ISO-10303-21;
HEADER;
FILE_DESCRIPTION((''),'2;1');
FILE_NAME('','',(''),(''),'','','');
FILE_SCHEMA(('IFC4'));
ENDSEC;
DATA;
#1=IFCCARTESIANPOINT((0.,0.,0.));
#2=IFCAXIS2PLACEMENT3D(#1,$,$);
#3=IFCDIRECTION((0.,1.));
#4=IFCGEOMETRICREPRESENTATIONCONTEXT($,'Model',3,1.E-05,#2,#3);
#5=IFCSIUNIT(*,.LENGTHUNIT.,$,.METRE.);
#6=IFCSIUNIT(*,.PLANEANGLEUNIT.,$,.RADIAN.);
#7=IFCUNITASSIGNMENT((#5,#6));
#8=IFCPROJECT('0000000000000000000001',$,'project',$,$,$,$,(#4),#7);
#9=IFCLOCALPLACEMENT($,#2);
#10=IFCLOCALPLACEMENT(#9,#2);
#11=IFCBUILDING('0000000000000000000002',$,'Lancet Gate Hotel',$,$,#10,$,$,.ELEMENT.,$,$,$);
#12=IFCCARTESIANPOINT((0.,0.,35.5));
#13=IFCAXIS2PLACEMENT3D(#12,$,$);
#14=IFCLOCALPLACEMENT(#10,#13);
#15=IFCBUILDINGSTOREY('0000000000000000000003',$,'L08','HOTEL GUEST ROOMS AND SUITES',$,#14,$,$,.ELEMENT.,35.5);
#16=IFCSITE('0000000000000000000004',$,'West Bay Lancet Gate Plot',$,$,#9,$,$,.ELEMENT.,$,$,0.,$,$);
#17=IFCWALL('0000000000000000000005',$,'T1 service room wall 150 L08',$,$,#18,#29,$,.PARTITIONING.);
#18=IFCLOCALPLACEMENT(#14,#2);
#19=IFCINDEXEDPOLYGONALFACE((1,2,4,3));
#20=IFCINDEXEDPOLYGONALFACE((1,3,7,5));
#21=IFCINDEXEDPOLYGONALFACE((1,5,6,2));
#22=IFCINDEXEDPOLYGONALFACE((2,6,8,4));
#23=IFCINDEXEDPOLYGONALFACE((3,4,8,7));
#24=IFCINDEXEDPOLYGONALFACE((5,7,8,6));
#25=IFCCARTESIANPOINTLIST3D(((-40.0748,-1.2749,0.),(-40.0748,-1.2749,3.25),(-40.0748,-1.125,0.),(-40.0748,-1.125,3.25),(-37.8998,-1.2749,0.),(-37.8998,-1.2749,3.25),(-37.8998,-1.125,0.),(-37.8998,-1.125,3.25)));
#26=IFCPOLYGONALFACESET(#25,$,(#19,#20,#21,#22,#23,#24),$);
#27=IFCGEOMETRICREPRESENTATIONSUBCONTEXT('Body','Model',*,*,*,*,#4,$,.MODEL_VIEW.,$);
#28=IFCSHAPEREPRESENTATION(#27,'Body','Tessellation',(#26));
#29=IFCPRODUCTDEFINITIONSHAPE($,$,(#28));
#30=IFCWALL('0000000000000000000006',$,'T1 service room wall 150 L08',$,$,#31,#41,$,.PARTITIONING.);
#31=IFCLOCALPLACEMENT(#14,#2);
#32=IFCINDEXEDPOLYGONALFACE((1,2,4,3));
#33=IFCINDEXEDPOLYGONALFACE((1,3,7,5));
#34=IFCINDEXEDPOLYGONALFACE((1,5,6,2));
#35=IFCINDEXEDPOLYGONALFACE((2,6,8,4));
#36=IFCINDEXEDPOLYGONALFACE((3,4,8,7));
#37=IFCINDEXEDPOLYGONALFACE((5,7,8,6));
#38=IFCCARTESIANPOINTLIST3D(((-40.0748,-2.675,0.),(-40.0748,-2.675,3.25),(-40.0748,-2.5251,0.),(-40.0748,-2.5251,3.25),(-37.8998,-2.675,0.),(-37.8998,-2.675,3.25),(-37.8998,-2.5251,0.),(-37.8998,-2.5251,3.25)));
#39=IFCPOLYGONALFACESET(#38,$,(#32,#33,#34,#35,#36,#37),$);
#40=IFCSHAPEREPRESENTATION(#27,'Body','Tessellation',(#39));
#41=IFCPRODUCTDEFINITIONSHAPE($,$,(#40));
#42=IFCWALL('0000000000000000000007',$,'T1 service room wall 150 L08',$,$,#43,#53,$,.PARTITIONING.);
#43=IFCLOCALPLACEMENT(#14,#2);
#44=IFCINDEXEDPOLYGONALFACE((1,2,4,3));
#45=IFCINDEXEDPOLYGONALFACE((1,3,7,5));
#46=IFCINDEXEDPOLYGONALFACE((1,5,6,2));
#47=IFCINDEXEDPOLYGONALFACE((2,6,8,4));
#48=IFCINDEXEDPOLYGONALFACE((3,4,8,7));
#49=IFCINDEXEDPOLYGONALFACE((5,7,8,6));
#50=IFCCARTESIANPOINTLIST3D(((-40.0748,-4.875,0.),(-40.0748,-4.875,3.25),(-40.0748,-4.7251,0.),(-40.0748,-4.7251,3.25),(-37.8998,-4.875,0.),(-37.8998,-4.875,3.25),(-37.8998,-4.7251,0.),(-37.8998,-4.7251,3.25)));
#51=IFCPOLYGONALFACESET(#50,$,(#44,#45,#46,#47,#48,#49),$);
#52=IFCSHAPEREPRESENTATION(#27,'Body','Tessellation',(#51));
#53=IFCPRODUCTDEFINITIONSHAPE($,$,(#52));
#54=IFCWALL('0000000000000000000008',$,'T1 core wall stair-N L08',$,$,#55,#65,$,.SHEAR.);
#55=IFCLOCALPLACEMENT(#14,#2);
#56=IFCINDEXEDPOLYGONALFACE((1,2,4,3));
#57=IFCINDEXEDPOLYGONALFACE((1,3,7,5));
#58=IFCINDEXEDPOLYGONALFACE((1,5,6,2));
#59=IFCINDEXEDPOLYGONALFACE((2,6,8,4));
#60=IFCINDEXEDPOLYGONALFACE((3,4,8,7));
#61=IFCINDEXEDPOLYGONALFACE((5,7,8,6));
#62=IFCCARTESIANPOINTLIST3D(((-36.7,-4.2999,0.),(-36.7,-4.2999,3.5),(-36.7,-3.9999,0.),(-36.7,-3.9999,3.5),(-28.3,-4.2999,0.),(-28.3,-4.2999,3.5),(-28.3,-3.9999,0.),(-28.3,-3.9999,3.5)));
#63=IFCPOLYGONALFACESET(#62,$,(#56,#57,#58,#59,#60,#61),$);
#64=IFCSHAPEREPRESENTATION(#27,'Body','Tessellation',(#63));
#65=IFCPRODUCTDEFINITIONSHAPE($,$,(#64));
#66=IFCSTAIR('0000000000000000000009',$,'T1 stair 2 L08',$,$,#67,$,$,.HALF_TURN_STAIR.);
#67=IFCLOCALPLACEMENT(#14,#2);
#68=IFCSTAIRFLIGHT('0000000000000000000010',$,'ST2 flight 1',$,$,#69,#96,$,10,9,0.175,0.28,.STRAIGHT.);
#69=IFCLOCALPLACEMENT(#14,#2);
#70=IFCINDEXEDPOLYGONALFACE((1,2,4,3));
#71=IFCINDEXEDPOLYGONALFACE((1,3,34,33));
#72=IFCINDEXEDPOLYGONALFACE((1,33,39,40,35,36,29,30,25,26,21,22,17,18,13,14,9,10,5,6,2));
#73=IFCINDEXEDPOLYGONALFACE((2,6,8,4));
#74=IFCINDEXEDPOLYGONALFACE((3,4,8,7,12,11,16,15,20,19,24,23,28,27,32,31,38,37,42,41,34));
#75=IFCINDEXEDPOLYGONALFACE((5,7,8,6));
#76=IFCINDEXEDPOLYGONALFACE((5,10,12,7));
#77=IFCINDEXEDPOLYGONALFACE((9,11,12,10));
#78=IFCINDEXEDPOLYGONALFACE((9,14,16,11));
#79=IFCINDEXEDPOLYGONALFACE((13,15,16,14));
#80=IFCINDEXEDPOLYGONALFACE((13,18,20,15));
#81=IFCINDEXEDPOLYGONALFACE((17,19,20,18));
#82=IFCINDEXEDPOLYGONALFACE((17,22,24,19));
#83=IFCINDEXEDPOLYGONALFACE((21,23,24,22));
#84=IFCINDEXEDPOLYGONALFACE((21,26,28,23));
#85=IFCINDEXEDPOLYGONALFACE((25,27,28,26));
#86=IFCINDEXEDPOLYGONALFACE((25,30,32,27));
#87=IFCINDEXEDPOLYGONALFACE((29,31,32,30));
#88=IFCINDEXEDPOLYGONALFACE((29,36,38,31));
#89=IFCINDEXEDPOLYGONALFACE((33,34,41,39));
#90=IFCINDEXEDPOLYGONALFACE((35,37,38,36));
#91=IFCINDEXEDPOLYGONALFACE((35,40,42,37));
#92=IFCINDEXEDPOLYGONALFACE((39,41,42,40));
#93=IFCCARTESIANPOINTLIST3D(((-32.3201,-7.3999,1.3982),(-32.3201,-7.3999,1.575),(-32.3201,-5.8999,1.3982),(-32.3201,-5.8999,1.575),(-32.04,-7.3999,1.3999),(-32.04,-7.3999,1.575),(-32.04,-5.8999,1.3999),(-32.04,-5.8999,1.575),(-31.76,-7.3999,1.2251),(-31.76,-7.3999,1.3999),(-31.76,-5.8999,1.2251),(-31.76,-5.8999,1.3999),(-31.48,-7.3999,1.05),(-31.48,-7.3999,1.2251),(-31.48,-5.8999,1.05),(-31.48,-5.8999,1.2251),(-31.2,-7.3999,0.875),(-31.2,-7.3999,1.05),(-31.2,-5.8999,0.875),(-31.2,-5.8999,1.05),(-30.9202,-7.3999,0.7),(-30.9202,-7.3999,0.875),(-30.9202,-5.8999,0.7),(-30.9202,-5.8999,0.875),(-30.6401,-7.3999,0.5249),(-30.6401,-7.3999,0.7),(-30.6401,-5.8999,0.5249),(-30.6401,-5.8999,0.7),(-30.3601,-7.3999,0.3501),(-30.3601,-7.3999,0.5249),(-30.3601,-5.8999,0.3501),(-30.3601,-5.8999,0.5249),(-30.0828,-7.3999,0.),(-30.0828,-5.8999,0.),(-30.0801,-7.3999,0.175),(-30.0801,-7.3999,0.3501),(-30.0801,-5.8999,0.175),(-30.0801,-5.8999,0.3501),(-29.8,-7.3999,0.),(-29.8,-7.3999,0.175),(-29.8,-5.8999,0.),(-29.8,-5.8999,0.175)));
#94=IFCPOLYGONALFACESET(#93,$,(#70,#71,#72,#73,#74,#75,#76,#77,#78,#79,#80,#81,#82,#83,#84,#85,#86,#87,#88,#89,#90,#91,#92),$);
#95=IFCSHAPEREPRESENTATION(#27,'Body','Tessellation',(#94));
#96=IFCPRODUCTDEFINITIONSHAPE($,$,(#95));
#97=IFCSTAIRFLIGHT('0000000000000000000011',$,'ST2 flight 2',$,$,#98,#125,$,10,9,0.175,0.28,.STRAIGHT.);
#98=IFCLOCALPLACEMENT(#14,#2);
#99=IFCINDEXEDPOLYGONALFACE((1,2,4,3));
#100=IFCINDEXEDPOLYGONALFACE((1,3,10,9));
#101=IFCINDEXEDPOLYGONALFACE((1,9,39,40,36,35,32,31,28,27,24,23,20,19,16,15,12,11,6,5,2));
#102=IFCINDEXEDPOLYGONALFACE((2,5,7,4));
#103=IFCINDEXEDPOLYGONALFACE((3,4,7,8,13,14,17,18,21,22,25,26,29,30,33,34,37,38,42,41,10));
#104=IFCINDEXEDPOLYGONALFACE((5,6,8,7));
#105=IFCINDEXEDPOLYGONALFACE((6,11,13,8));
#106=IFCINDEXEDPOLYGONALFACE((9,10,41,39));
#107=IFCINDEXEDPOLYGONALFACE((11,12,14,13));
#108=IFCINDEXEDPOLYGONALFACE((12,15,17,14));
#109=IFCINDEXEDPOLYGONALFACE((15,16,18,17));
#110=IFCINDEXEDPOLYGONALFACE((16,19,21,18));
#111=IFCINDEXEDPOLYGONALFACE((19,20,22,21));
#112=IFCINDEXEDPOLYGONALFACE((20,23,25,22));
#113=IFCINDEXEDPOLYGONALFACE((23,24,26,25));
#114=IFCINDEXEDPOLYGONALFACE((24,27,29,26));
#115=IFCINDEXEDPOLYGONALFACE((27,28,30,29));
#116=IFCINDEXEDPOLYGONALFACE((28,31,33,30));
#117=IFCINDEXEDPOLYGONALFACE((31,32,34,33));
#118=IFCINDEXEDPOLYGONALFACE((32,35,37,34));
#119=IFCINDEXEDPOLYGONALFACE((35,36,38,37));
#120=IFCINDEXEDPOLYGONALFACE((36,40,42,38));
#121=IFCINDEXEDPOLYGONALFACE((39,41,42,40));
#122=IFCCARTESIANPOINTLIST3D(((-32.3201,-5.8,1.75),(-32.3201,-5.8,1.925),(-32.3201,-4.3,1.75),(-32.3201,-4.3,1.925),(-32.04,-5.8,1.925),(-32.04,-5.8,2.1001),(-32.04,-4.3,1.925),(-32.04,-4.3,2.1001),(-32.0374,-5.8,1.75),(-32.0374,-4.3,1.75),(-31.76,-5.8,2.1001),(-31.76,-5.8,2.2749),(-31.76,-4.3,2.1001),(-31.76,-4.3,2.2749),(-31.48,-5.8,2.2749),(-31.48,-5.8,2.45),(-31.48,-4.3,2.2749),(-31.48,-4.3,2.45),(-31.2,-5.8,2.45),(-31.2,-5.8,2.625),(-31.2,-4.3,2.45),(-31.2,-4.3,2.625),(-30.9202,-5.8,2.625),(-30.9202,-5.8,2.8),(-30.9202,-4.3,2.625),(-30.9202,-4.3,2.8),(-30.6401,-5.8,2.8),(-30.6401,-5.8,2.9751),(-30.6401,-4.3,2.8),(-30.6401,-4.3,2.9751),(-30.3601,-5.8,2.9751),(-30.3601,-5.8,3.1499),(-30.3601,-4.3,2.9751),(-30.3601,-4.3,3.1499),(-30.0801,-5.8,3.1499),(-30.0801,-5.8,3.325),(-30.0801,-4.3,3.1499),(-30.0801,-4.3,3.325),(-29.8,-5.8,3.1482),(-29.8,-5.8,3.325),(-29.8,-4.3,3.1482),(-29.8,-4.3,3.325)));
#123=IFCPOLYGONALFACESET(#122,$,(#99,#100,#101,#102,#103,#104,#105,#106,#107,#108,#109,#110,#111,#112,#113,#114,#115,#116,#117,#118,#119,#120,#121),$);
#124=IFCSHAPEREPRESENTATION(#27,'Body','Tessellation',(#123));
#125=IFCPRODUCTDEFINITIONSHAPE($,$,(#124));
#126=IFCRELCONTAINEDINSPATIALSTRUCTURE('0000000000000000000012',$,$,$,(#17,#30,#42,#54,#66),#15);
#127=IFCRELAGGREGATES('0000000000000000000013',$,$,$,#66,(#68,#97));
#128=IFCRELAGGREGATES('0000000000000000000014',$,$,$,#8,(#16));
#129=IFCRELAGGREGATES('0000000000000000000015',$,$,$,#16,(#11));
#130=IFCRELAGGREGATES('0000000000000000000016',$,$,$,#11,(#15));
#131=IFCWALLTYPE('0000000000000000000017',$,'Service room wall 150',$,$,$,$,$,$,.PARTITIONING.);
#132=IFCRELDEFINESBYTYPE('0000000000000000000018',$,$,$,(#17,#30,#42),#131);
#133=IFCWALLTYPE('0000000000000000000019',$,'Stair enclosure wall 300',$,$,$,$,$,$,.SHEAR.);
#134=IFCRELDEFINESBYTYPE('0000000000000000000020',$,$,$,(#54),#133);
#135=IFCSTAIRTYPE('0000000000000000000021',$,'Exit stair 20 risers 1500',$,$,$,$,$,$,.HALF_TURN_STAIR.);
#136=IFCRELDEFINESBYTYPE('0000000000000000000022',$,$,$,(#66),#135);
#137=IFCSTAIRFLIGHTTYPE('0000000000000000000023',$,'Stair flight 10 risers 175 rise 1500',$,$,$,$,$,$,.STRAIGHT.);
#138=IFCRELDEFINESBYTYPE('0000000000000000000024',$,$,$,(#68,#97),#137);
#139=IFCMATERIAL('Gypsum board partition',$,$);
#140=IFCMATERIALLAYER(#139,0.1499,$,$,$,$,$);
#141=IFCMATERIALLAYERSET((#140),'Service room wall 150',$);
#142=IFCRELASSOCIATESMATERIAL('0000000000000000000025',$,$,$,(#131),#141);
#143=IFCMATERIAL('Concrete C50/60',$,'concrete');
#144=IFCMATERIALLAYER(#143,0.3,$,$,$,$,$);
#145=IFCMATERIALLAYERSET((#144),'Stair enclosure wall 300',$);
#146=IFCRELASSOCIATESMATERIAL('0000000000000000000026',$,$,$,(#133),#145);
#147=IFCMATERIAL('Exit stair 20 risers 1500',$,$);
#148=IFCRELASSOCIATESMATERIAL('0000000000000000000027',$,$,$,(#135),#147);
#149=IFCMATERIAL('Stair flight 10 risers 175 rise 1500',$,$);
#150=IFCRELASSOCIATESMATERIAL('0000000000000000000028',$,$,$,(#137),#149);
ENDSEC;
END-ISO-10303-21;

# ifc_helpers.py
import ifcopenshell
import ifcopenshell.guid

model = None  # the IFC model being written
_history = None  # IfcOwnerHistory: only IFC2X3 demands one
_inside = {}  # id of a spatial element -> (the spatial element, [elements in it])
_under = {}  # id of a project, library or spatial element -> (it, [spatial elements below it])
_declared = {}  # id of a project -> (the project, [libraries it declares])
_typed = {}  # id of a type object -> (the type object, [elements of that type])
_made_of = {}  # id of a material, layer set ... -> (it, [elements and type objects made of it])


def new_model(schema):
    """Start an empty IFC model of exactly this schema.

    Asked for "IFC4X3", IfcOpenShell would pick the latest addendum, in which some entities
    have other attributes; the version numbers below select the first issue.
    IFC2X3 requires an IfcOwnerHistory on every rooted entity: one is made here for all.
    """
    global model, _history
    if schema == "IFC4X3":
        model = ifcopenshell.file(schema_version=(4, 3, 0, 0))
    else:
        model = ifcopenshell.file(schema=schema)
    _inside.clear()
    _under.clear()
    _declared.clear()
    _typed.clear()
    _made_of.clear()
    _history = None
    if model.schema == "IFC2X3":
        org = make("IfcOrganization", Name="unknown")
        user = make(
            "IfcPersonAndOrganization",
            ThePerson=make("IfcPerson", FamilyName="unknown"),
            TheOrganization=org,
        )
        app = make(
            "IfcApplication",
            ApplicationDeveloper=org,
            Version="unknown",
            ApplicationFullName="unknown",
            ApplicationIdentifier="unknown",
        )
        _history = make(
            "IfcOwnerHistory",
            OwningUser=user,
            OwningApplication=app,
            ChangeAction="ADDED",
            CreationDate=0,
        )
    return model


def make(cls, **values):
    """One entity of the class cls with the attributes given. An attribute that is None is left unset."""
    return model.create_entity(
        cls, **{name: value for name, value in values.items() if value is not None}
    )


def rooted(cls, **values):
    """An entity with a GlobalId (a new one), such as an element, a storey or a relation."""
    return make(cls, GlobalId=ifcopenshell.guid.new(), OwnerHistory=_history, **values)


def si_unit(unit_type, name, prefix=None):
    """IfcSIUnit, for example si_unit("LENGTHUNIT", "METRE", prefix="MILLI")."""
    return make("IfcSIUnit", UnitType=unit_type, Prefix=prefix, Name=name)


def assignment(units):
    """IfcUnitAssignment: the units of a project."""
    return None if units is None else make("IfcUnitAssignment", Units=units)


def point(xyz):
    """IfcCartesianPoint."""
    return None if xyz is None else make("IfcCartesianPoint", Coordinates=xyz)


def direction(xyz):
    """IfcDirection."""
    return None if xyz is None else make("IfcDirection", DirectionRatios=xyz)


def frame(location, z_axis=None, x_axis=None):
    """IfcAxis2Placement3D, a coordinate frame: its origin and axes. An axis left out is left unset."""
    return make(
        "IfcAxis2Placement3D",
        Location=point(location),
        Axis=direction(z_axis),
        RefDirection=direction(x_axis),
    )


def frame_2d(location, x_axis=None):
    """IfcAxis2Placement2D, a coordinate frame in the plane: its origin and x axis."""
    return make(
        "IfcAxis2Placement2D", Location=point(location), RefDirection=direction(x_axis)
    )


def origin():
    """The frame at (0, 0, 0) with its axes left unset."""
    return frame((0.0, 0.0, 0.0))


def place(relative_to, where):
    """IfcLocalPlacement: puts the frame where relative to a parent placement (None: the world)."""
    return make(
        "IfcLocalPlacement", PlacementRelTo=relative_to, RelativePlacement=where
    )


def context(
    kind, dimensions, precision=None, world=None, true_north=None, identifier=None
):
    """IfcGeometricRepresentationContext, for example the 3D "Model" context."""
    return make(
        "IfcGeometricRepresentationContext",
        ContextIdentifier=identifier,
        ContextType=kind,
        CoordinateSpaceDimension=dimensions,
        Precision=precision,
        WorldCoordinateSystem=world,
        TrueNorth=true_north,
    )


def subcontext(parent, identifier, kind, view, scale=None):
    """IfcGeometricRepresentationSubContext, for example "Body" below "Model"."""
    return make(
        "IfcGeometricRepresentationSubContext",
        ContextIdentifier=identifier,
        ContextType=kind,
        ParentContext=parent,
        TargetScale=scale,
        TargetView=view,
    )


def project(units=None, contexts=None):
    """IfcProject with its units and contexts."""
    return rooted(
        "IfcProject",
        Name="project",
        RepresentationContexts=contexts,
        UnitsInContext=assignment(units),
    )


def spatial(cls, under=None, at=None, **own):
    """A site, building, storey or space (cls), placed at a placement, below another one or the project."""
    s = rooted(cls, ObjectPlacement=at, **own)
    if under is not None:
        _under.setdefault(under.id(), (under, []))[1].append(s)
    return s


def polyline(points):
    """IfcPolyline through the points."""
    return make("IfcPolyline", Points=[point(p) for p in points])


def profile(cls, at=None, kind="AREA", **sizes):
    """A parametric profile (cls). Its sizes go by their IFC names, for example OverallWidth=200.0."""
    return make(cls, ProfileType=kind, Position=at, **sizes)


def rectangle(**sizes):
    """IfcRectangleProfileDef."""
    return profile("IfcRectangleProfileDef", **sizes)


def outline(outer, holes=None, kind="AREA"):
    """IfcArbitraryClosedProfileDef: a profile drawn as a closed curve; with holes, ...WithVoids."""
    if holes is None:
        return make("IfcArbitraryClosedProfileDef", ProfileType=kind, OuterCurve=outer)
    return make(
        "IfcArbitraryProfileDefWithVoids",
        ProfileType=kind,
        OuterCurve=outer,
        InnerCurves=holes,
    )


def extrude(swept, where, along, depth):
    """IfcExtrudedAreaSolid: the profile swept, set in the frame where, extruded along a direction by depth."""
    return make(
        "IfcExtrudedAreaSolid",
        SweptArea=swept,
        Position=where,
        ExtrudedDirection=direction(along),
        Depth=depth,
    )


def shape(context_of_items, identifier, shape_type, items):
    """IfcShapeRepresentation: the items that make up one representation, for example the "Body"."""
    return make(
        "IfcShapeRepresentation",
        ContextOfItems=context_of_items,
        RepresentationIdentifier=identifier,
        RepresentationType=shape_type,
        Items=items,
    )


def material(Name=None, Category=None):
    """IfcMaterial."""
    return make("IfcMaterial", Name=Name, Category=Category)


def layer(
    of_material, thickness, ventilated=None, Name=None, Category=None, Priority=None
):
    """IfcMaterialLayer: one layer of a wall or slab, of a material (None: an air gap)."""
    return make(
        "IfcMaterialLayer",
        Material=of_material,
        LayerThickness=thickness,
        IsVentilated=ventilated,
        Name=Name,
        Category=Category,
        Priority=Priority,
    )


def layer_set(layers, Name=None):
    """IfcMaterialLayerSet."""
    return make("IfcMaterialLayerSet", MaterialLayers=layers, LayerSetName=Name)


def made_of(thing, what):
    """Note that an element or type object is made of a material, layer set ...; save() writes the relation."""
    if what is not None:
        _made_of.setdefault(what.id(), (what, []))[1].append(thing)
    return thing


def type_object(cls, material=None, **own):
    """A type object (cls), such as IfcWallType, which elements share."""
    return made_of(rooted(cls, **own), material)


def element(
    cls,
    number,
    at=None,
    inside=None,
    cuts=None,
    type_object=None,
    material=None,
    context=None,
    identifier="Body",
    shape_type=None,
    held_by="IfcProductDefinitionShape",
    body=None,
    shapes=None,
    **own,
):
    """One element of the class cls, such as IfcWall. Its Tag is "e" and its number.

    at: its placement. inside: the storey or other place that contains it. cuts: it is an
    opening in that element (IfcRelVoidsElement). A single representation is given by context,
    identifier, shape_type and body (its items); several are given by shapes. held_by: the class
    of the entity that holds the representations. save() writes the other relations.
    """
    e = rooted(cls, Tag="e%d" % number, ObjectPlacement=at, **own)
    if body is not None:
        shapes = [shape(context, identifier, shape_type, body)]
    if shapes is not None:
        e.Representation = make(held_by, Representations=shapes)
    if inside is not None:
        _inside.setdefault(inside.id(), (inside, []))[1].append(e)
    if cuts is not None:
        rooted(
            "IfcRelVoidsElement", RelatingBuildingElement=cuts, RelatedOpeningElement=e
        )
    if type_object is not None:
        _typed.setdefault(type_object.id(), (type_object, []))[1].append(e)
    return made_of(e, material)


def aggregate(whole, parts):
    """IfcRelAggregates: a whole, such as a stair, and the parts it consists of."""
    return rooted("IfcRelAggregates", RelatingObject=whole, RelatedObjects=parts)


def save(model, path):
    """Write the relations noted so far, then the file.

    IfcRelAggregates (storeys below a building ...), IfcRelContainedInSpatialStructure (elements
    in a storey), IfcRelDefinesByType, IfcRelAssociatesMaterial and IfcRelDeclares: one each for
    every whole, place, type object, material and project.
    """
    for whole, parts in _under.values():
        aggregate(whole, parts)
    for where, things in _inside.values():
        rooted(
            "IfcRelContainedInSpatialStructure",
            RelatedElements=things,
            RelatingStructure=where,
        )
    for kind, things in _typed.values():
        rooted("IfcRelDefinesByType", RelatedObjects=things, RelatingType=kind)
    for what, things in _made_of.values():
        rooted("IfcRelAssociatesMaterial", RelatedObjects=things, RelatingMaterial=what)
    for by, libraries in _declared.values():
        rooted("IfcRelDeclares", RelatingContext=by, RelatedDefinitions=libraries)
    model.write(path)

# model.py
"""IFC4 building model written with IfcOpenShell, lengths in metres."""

from ifc_helpers import new_model, si_unit, direction, frame, frame_2d, origin, place, context, subcontext, project, spatial, polyline, rectangle, outline, extrude, material, layer, layer_set, type_object, element, aggregate, save


model = new_model("IFC4")

# Units and contexts
model_context = context("Model", 3, precision=1e-05, world=origin(), true_north=direction((0.0, 1.0)))
body_context = subcontext(model_context, "Body", "Model", "MODEL_VIEW")
ifc_project = project(units=[si_unit("LENGTHUNIT", "METRE"), si_unit("PLANEANGLEUNIT", "RADIAN")], contexts=[model_context])

# Site, building, storey
site_placement = place(None, origin())
site = spatial("IfcSite", under=ifc_project, at=site_placement, Name="West Bay Lancet Gate Plot", CompositionType="ELEMENT", RefElevation=0.0)
building_placement = place(site_placement, origin())
building = spatial("IfcBuilding", under=site, at=building_placement, Name="Lancet Gate Hotel", CompositionType="ELEMENT")
storey_placement = place(building_placement, frame((0.0, 0.0, 35.5)))
storey = spatial("IfcBuildingStorey", under=building, at=storey_placement, Name="L08", Description="HOTEL GUEST ROOMS AND SUITES", CompositionType="ELEMENT", Elevation=35.5)

# Walls
ifc_material_1 = material(Name="Gypsum board partition")
ifc_layer_1 = layer(ifc_material_1, 0.1499)
ifc_layer_set_1 = layer_set([ifc_layer_1], Name="Service room wall 150")
wall_type_1 = type_object("IfcWallType", Name="Service room wall 150", PredefinedType="PARTITIONING", material=ifc_layer_set_1)
for number, where, z_axis, x_axis, name in (
    (1, (-37.8999, -1.2, 0.0), (0.0, 0.0, 1.0), (-1.0, 0.0, 0.0), "T1 service room wall 150 L08"),
    (2, (-37.8999, -2.6001, 0.0), (0.0, 0.0, 1.0), (-1.0, 0.0, 0.0), "T1 service room wall 150 L08"),
    (3, (-37.8999, -4.8, 0.0), (0.0, 0.0, 1.0), (-1.0, 0.0, 0.0), "T1 service room wall 150 L08"),
):
    element("IfcWall", number, at=place(storey_placement, frame(where, z_axis=z_axis, x_axis=x_axis)), inside=storey, type_object=wall_type_1, Name=name, PredefinedType="PARTITIONING", context=body_context, shape_type="SweptSolid", body=[
        extrude(rectangle(XDim=2.175, YDim=0.1499, at=frame_2d((1.0874, 0.0))), origin(), (0.0, 0.0, 1.0), 3.25),
    ])
ifc_material_2 = material(Name="Concrete C50/60", Category="concrete")
ifc_layer_2 = layer(ifc_material_2, 0.3)
ifc_layer_set_2 = layer_set([ifc_layer_2], Name="Stair enclosure wall 300")
wall_type_2 = type_object("IfcWallType", Name="Stair enclosure wall 300", PredefinedType="SHEAR", material=ifc_layer_set_2)
wall_1_placement = place(storey_placement, frame((-28.3, -4.1499, 0.0), z_axis=(0.0, 0.0, 1.0), x_axis=(-1.0, 0.0, 0.0)))
element("IfcWall", 4, at=wall_1_placement, inside=storey, type_object=wall_type_2, Name="T1 core wall stair-N L08", PredefinedType="SHEAR", context=body_context, shape_type="SweptSolid", body=[
    extrude(rectangle(XDim=8.3999, YDim=0.3, at=frame_2d((4.2, 0.0))), origin(), (0.0, 0.0, 1.0), 3.5),
])

# Stair, stair flights
ifc_material_3 = material(Name="Exit stair 20 risers 1500")
stair_type = type_object("IfcStairType", Name="Exit stair 20 risers 1500", PredefinedType="HALF_TURN_STAIR", material=ifc_material_3)
stair_placement = place(storey_placement, origin())
stair = element("IfcStair", 5, at=stair_placement, inside=storey, type_object=stair_type, Name="T1 stair 2 L08", PredefinedType="HALF_TURN_STAIR")
ifc_material_4 = material(Name="Stair flight 10 risers 175 rise 1500")
stair_flight_type = type_object("IfcStairFlightType", Name="Stair flight 10 risers 175 rise 1500", PredefinedType="STRAIGHT", material=ifc_material_4)
stair_flight_1_placement = place(storey_placement, frame((-29.8, -6.6499, 0.0), z_axis=(0.0, 0.0, 1.0), x_axis=(-1.0, 0.0, 0.0)))
stair_flight_1 = element("IfcStairFlight", 6, at=stair_flight_1_placement, type_object=stair_flight_type, Name="ST2 flight 1", NumberOfRisers=10, NumberOfTreads=9, PredefinedType="STRAIGHT", RiserHeight=0.175, TreadLength=0.28, context=body_context, shape_type="SweptSolid", body=[
    extrude(outline(polyline([(0.0, 0.0), (0.0, 0.175), (0.28, 0.175), (0.28, 0.3501), (0.5601, 0.3501), (0.5601, 0.5249), (0.8401, 0.5249), (0.8401, 0.7), (1.1201, 0.7), (1.1201, 0.875), (1.3999, 0.875), (1.3999, 1.05), (1.6799, 1.05), (1.6799, 1.2251), (1.96, 1.2251), (1.96, 1.3999), (2.24, 1.3999), (2.24, 1.575), (2.52, 1.575), (2.52, 1.75), (2.52, 1.3982), (0.2827, 0.0), (0.0, 0.0)])), frame((0.0, 0.75, 0.0), z_axis=(0.0, -1.0, 0.0), x_axis=(1.0, 0.0, 0.0)), (0.0, 0.0, 1.0), 1.5),
])
stair_flight_2_placement = place(storey_placement, frame((-32.3201, -5.05, 1.75), z_axis=(0.0, 0.0, 1.0), x_axis=(1.0, 0.0, 0.0)))
stair_flight_2 = element("IfcStairFlight", 7, at=stair_flight_2_placement, type_object=stair_flight_type, Name="ST2 flight 2", NumberOfRisers=10, NumberOfTreads=9, PredefinedType="STRAIGHT", RiserHeight=0.175, TreadLength=0.28, context=body_context, shape_type="SweptSolid", body=[
    extrude(outline(polyline([(0.0, 0.0), (0.0, 0.175), (0.28, 0.175), (0.28, 0.3501), (0.5601, 0.3501), (0.5601, 0.5249), (0.8401, 0.5249), (0.8401, 0.7), (1.1201, 0.7), (1.1201, 0.875), (1.3999, 0.875), (1.3999, 1.05), (1.6799, 1.05), (1.6799, 1.2251), (1.96, 1.2251), (1.96, 1.3999), (2.24, 1.3999), (2.24, 1.575), (2.52, 1.575), (2.52, 1.75), (2.52, 1.3982), (0.2827, 0.0), (0.0, 0.0)])), frame((0.0, 0.75, 0.0), z_axis=(0.0, -1.0, 0.0), x_axis=(1.0, 0.0, 0.0)), (0.0, 0.0, 1.0), 1.5),
])
aggregate(stair, [stair_flight_1, stair_flight_2])

save(model, "model.ifc")
